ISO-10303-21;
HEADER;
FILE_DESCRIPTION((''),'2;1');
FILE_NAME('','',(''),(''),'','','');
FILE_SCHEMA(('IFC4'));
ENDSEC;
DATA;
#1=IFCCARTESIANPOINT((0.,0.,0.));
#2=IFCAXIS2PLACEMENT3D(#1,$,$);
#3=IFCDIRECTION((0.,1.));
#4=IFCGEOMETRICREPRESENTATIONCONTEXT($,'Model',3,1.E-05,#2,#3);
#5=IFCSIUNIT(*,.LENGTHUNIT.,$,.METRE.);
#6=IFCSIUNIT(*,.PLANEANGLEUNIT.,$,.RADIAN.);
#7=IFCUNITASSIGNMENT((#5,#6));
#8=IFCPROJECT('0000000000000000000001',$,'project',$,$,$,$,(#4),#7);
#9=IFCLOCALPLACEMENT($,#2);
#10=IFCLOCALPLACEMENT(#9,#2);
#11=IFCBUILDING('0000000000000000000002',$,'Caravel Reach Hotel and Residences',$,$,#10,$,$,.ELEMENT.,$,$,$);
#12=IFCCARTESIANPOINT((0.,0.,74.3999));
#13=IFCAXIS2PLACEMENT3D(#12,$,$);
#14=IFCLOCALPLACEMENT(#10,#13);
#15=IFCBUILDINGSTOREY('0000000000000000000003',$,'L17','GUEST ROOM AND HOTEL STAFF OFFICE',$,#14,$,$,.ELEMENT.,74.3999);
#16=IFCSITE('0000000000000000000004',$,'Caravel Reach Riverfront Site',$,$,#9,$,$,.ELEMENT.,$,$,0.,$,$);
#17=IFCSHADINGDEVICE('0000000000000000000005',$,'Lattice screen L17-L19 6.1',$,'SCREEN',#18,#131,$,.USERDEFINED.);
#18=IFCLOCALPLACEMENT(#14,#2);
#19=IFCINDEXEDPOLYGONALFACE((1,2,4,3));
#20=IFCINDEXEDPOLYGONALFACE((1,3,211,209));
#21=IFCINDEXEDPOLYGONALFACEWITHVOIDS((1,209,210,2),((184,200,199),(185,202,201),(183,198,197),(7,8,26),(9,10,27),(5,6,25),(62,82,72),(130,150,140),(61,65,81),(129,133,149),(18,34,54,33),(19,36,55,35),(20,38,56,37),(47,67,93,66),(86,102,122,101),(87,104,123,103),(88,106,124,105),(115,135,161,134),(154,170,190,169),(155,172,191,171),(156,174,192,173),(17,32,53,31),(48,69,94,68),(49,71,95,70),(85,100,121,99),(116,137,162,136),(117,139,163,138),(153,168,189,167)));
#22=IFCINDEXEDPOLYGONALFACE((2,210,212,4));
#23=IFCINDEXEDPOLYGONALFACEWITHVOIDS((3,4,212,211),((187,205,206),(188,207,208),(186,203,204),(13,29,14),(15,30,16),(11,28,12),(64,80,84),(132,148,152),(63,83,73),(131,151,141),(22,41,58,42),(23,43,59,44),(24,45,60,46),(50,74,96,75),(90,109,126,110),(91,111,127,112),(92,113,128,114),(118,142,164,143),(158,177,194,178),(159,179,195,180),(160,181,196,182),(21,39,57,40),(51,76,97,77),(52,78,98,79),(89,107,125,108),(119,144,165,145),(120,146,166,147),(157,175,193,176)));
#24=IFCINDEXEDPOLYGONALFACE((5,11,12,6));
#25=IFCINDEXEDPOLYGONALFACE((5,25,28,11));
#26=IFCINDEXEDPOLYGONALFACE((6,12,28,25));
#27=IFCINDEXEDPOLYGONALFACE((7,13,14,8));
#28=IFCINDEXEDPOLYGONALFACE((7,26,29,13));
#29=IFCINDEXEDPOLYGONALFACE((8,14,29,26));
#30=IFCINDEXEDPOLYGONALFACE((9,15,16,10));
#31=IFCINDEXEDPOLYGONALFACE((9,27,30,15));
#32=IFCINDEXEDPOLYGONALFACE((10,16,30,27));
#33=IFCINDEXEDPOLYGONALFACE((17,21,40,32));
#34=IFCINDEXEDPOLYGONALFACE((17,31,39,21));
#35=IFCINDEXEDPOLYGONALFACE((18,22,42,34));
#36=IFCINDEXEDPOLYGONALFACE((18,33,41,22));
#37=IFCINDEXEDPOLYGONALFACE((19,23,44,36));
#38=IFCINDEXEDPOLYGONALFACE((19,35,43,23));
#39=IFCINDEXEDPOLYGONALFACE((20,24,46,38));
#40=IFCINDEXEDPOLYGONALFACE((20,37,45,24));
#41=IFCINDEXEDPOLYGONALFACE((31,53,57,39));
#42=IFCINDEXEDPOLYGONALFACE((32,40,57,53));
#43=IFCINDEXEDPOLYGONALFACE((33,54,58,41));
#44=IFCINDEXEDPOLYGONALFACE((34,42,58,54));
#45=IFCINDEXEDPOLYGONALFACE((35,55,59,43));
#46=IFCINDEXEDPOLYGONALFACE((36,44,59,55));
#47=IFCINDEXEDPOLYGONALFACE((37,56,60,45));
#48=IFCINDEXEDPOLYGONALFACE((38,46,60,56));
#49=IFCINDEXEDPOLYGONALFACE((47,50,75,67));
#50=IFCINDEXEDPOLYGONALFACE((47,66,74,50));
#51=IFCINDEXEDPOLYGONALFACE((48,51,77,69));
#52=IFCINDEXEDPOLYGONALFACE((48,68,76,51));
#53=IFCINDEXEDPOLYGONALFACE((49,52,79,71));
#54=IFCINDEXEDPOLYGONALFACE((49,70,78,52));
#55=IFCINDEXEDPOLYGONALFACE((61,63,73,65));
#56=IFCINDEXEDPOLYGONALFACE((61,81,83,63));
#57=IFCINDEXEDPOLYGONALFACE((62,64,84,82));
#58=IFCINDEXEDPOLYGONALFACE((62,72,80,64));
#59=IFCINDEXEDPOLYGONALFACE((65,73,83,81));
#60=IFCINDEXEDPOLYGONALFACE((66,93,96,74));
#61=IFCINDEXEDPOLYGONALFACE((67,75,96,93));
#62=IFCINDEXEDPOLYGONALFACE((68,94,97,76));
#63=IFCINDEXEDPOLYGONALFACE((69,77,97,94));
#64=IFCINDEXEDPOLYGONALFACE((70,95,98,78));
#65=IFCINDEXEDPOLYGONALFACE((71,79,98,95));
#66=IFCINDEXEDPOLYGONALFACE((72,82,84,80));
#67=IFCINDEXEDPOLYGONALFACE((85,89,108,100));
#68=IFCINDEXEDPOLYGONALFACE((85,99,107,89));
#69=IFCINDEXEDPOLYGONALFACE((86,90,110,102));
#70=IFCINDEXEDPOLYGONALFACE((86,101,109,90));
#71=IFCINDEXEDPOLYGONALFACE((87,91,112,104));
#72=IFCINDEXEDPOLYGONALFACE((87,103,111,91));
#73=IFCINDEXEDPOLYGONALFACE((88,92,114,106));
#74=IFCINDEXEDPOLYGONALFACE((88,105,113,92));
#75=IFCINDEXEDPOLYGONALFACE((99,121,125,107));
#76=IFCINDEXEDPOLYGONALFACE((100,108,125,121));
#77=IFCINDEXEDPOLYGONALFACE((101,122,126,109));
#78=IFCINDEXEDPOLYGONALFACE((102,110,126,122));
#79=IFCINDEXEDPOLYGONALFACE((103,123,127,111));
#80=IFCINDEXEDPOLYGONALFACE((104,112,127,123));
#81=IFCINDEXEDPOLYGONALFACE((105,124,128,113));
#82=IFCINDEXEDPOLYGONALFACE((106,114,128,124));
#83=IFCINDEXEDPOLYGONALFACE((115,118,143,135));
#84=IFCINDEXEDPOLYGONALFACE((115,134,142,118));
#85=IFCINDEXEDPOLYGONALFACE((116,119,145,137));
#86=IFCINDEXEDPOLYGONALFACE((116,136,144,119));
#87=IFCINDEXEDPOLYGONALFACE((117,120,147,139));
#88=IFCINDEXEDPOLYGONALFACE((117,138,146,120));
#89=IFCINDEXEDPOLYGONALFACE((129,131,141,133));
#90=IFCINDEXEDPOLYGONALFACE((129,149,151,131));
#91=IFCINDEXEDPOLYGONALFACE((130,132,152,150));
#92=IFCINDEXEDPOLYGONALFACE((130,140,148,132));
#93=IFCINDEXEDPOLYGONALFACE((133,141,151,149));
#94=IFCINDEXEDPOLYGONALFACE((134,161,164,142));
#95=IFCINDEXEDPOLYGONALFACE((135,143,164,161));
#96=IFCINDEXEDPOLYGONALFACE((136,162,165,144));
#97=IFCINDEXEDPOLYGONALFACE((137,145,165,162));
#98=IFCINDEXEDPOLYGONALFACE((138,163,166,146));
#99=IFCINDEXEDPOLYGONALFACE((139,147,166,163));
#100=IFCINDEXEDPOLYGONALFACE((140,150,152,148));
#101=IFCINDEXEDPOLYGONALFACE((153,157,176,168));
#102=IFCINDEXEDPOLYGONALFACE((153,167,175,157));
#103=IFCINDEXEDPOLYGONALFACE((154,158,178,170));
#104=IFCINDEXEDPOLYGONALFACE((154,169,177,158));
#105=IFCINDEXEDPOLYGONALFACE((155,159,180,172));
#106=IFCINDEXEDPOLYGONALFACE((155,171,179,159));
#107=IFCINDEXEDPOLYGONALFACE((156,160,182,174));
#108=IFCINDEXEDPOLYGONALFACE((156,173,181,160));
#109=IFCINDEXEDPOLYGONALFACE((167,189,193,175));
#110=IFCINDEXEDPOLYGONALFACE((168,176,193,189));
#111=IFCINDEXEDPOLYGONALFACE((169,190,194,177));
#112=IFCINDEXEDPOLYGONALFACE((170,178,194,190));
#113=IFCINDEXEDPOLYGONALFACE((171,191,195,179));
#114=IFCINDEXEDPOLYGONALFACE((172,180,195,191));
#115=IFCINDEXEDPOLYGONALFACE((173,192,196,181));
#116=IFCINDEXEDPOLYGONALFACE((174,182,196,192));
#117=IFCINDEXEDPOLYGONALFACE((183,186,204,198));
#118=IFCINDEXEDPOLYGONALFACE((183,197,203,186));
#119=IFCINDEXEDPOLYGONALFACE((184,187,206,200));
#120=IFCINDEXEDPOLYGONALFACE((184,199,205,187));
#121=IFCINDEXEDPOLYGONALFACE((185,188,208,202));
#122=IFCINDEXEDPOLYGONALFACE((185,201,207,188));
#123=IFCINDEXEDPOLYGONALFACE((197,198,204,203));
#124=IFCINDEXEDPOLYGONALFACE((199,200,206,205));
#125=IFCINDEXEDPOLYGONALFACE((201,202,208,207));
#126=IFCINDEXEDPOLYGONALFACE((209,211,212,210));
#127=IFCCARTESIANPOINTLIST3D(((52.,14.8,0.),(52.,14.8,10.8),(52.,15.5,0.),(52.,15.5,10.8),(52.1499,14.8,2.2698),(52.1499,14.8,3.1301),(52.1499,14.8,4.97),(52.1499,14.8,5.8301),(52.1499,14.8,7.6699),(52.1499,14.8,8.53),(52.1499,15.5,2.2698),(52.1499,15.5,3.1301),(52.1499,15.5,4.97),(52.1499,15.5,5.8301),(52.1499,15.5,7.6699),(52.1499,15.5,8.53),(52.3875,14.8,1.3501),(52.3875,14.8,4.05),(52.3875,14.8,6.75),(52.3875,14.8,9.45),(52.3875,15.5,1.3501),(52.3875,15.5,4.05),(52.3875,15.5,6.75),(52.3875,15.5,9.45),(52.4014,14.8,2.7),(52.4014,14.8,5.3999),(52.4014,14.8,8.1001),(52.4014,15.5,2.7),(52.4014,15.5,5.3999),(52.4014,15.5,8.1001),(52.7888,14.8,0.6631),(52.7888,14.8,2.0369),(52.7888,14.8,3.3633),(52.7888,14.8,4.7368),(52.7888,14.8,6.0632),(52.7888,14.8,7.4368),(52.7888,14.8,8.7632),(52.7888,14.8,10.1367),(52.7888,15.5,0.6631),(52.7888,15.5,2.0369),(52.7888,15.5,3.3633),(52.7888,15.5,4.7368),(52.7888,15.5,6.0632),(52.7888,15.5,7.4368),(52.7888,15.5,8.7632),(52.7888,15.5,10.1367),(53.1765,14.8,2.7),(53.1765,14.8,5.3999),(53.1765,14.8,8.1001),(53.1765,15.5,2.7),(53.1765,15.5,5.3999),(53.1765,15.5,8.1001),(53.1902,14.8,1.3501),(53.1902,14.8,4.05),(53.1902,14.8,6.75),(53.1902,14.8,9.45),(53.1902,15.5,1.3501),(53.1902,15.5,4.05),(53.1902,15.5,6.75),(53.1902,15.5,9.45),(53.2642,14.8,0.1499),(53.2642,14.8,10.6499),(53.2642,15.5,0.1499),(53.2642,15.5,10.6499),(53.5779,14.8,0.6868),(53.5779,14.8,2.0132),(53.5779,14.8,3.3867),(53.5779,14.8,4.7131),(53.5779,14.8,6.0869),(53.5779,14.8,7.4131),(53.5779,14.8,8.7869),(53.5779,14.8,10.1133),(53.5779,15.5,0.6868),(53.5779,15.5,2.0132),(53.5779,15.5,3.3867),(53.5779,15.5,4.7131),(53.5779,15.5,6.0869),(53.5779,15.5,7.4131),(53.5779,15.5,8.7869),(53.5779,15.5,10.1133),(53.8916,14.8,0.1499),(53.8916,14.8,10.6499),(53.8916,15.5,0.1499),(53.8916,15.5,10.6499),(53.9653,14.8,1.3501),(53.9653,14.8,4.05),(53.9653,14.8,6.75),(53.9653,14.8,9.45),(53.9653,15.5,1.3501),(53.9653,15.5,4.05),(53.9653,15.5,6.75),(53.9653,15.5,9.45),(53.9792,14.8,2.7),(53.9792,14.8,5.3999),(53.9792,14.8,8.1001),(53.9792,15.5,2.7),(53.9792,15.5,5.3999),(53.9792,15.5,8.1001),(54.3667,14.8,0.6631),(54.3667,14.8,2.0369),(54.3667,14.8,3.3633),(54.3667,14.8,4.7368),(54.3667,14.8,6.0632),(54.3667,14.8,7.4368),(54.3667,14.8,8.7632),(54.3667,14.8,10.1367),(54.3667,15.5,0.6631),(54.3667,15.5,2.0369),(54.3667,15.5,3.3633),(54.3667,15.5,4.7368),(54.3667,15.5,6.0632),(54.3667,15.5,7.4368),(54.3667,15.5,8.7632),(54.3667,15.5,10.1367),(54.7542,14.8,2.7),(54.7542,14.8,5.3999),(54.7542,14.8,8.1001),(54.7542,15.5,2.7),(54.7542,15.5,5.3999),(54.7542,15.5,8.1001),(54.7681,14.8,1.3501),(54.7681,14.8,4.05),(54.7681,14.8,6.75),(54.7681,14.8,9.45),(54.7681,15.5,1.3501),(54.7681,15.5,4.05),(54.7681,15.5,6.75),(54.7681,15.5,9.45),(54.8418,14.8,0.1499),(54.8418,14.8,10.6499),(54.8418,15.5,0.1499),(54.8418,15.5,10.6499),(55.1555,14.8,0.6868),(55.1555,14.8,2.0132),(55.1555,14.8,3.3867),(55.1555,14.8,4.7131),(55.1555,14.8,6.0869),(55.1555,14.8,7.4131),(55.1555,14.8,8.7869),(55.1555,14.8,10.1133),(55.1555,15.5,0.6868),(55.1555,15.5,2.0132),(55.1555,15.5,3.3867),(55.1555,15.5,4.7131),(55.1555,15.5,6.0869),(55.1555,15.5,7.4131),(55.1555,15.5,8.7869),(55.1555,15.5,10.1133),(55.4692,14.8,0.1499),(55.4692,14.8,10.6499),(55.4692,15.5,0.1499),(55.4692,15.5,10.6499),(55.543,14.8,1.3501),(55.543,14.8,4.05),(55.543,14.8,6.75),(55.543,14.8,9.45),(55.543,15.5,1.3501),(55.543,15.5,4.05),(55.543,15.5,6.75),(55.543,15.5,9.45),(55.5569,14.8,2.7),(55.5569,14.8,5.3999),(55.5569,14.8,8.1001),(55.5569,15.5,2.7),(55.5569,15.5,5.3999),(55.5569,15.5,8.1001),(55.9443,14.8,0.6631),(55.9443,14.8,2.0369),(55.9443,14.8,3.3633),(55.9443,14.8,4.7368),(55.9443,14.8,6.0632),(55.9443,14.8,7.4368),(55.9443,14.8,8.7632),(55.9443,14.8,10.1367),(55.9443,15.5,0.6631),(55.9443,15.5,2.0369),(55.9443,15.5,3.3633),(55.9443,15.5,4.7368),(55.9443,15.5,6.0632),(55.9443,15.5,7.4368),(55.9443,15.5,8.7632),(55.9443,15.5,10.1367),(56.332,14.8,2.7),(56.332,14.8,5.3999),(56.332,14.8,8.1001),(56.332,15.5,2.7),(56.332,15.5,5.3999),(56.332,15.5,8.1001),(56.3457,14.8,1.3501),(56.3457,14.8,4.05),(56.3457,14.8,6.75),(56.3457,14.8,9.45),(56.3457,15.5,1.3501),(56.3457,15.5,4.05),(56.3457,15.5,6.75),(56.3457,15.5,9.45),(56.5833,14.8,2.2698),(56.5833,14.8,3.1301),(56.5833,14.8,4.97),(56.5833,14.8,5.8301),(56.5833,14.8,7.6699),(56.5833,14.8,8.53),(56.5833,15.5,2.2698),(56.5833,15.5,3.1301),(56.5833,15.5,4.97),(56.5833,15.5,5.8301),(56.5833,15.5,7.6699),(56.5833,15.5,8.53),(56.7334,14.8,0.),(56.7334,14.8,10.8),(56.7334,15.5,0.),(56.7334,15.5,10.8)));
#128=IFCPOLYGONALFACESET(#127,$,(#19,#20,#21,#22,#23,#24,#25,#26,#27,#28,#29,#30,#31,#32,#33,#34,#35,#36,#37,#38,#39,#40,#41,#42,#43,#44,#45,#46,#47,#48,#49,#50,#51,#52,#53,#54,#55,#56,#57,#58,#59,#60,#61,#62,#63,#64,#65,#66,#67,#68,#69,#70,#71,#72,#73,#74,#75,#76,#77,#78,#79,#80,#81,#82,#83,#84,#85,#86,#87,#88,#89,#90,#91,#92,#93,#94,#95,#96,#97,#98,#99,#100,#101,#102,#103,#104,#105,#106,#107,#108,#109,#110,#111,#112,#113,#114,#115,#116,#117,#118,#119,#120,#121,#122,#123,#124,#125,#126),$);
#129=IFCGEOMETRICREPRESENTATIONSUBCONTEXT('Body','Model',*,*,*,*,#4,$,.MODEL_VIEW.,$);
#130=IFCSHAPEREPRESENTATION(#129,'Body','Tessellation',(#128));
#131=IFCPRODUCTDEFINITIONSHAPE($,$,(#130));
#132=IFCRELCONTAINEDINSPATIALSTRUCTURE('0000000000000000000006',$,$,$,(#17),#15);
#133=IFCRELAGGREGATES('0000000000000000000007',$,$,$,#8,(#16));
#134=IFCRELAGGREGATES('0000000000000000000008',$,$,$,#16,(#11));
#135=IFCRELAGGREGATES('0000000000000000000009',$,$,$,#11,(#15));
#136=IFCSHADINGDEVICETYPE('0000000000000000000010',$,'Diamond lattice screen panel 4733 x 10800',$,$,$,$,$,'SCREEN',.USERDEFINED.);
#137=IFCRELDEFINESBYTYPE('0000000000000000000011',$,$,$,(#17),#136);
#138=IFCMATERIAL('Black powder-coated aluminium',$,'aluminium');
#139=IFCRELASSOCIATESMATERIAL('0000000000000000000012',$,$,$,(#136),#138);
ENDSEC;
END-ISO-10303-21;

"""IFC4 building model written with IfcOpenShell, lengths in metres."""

from ifc_helpers import new_model, si_unit, direction, frame, origin, place, context, subcontext, project, spatial, polyline, outline, extrude, material, type_object, element, save


model = new_model("IFC4")

# Units and contexts
model_context = context("Model", 3, precision=1e-05, world=origin(), true_north=direction((0.0, 1.0)))
body_context = subcontext(model_context, "Body", "Model", "MODEL_VIEW")
ifc_project = project(units=[si_unit("LENGTHUNIT", "METRE"), si_unit("PLANEANGLEUNIT", "RADIAN")], contexts=[model_context])

# Site, building, storey
site_placement = place(None, origin())
site = spatial("IfcSite", under=ifc_project, at=site_placement, Name="Caravel Reach Riverfront Site", CompositionType="ELEMENT", RefElevation=0.0)
building_placement = place(site_placement, origin())
building = spatial("IfcBuilding", under=site, at=building_placement, Name="Caravel Reach Hotel and Residences", CompositionType="ELEMENT")
storey_placement = place(building_placement, frame((0.0, 0.0, 74.3999)))
storey = spatial("IfcBuildingStorey", under=building, at=storey_placement, Name="L17", Description="GUEST ROOM AND HOTEL STAFF OFFICE", CompositionType="ELEMENT", Elevation=74.3999)

# Shading device
ifc_material_1 = material(Name="Black powder-coated aluminium", Category="aluminium")
shading_device_type_1 = type_object("IfcShadingDeviceType", Name="Diamond lattice screen panel 4733 x 10800", ElementType="SCREEN", PredefinedType="USERDEFINED", material=ifc_material_1)
shading_device_1_placement = place(storey_placement, frame((52.0, 15.5, 0.0), z_axis=(0.0, -1.0, 0.0), x_axis=(1.0, 0.0, 0.0)))
element("IfcShadingDevice", 1, at=shading_device_1_placement, inside=storey, type_object=shading_device_type_1, Name="Lattice screen L17-L19 6.1", ObjectType="SCREEN", PredefinedType="USERDEFINED", context=body_context, shape_type="SweptSolid", body=[
    extrude(outline(polyline([(0.0, 0.0), (4.7334, 0.0), (4.7334, 10.8), (0.0, 10.8), (0.0, 0.0)]), holes=[polyline([(0.4014, 2.7), (0.1499, 3.1301), (0.1499, 2.2698), (0.4014, 2.7)]), polyline([(0.4014, 5.3999), (0.1499, 5.8301), (0.1499, 4.97), (0.4014, 5.3999)]), polyline([(0.4014, 8.1001), (0.1499, 8.53), (0.1499, 7.6699), (0.4014, 8.1001)]), polyline([(0.7888, 2.0369), (0.3875, 1.3501), (0.7888, 0.6631), (1.1902, 1.3501), (0.7888, 2.0369)]), polyline([(0.7888, 4.7368), (0.3875, 4.05), (0.7888, 3.3633), (1.1902, 4.05), (0.7888, 4.7368)]), polyline([(0.7888, 7.4368), (0.3875, 6.75), (0.7888, 6.0632), (1.1902, 6.75), (0.7888, 7.4368)]), polyline([(0.7888, 10.1367), (0.3875, 9.45), (0.7888, 8.7632), (1.1902, 9.45), (0.7888, 10.1367)]), polyline([(1.5779, 0.6868), (1.2642, 0.1499), (1.8916, 0.1499), (1.5779, 0.6868)]), polyline([(1.5779, 3.3867), (1.1765, 2.7), (1.5779, 2.0132), (1.9792, 2.7), (1.5779, 3.3867)]), polyline([(1.5779, 6.0869), (1.1765, 5.3999), (1.5779, 4.7131), (1.9792, 5.3999), (1.5779, 6.0869)]), polyline([(1.5779, 8.7869), (1.1765, 8.1001), (1.5779, 7.4131), (1.9792, 8.1001), (1.5779, 8.7869)]), polyline([(1.5779, 10.1133), (1.8916, 10.6499), (1.2642, 10.6499), (1.5779, 10.1133)]), polyline([(2.3667, 2.0369), (1.9653, 1.3501), (2.3667, 0.6631), (2.7681, 1.3501), (2.3667, 2.0369)]), polyline([(2.3667, 4.7368), (1.9653, 4.05), (2.3667, 3.3633), (2.7681, 4.05), (2.3667, 4.7368)]), polyline([(2.3667, 7.4368), (1.9653, 6.75), (2.3667, 6.0632), (2.7681, 6.75), (2.3667, 7.4368)]), polyline([(2.3667, 10.1367), (1.9653, 9.45), (2.3667, 8.7632), (2.7681, 9.45), (2.3667, 10.1367)]), polyline([(3.1555, 0.6868), (2.8418, 0.1499), (3.4692, 0.1499), (3.1555, 0.6868)]), polyline([(3.1555, 3.3867), (2.7542, 2.7), (3.1555, 2.0132), (3.5569, 2.7), (3.1555, 3.3867)]), polyline([(3.1555, 6.0869), (2.7542, 5.3999), (3.1555, 4.7131), (3.5569, 5.3999), (3.1555, 6.0869)]), polyline([(3.1555, 8.7869), (2.7542, 8.1001), (3.1555, 7.4131), (3.5569, 8.1001), (3.1555, 8.7869)]), polyline([(3.1555, 10.1133), (3.4692, 10.6499), (2.8418, 10.6499), (3.1555, 10.1133)]), polyline([(3.9443, 2.0369), (3.543, 1.3501), (3.9443, 0.6631), (4.3457, 1.3501), (3.9443, 2.0369)]), polyline([(3.9443, 4.7368), (3.543, 4.05), (3.9443, 3.3633), (4.3457, 4.05), (3.9443, 4.7368)]), polyline([(3.9443, 7.4368), (3.543, 6.75), (3.9443, 6.0632), (4.3457, 6.75), (3.9443, 7.4368)]), polyline([(3.9443, 10.1367), (3.543, 9.45), (3.9443, 8.7632), (4.3457, 9.45), (3.9443, 10.1367)]), polyline([(4.332, 2.7), (4.5833, 2.2698), (4.5833, 3.1301), (4.332, 2.7)]), polyline([(4.332, 5.3999), (4.5833, 4.97), (4.5833, 5.8301), (4.332, 5.3999)]), polyline([(4.332, 8.1001), (4.5833, 7.6699), (4.5833, 8.53), (4.332, 8.1001)])]), origin(), (0.0, 0.0, 1.0), 0.7),
])

save(model, "model.ifc")
